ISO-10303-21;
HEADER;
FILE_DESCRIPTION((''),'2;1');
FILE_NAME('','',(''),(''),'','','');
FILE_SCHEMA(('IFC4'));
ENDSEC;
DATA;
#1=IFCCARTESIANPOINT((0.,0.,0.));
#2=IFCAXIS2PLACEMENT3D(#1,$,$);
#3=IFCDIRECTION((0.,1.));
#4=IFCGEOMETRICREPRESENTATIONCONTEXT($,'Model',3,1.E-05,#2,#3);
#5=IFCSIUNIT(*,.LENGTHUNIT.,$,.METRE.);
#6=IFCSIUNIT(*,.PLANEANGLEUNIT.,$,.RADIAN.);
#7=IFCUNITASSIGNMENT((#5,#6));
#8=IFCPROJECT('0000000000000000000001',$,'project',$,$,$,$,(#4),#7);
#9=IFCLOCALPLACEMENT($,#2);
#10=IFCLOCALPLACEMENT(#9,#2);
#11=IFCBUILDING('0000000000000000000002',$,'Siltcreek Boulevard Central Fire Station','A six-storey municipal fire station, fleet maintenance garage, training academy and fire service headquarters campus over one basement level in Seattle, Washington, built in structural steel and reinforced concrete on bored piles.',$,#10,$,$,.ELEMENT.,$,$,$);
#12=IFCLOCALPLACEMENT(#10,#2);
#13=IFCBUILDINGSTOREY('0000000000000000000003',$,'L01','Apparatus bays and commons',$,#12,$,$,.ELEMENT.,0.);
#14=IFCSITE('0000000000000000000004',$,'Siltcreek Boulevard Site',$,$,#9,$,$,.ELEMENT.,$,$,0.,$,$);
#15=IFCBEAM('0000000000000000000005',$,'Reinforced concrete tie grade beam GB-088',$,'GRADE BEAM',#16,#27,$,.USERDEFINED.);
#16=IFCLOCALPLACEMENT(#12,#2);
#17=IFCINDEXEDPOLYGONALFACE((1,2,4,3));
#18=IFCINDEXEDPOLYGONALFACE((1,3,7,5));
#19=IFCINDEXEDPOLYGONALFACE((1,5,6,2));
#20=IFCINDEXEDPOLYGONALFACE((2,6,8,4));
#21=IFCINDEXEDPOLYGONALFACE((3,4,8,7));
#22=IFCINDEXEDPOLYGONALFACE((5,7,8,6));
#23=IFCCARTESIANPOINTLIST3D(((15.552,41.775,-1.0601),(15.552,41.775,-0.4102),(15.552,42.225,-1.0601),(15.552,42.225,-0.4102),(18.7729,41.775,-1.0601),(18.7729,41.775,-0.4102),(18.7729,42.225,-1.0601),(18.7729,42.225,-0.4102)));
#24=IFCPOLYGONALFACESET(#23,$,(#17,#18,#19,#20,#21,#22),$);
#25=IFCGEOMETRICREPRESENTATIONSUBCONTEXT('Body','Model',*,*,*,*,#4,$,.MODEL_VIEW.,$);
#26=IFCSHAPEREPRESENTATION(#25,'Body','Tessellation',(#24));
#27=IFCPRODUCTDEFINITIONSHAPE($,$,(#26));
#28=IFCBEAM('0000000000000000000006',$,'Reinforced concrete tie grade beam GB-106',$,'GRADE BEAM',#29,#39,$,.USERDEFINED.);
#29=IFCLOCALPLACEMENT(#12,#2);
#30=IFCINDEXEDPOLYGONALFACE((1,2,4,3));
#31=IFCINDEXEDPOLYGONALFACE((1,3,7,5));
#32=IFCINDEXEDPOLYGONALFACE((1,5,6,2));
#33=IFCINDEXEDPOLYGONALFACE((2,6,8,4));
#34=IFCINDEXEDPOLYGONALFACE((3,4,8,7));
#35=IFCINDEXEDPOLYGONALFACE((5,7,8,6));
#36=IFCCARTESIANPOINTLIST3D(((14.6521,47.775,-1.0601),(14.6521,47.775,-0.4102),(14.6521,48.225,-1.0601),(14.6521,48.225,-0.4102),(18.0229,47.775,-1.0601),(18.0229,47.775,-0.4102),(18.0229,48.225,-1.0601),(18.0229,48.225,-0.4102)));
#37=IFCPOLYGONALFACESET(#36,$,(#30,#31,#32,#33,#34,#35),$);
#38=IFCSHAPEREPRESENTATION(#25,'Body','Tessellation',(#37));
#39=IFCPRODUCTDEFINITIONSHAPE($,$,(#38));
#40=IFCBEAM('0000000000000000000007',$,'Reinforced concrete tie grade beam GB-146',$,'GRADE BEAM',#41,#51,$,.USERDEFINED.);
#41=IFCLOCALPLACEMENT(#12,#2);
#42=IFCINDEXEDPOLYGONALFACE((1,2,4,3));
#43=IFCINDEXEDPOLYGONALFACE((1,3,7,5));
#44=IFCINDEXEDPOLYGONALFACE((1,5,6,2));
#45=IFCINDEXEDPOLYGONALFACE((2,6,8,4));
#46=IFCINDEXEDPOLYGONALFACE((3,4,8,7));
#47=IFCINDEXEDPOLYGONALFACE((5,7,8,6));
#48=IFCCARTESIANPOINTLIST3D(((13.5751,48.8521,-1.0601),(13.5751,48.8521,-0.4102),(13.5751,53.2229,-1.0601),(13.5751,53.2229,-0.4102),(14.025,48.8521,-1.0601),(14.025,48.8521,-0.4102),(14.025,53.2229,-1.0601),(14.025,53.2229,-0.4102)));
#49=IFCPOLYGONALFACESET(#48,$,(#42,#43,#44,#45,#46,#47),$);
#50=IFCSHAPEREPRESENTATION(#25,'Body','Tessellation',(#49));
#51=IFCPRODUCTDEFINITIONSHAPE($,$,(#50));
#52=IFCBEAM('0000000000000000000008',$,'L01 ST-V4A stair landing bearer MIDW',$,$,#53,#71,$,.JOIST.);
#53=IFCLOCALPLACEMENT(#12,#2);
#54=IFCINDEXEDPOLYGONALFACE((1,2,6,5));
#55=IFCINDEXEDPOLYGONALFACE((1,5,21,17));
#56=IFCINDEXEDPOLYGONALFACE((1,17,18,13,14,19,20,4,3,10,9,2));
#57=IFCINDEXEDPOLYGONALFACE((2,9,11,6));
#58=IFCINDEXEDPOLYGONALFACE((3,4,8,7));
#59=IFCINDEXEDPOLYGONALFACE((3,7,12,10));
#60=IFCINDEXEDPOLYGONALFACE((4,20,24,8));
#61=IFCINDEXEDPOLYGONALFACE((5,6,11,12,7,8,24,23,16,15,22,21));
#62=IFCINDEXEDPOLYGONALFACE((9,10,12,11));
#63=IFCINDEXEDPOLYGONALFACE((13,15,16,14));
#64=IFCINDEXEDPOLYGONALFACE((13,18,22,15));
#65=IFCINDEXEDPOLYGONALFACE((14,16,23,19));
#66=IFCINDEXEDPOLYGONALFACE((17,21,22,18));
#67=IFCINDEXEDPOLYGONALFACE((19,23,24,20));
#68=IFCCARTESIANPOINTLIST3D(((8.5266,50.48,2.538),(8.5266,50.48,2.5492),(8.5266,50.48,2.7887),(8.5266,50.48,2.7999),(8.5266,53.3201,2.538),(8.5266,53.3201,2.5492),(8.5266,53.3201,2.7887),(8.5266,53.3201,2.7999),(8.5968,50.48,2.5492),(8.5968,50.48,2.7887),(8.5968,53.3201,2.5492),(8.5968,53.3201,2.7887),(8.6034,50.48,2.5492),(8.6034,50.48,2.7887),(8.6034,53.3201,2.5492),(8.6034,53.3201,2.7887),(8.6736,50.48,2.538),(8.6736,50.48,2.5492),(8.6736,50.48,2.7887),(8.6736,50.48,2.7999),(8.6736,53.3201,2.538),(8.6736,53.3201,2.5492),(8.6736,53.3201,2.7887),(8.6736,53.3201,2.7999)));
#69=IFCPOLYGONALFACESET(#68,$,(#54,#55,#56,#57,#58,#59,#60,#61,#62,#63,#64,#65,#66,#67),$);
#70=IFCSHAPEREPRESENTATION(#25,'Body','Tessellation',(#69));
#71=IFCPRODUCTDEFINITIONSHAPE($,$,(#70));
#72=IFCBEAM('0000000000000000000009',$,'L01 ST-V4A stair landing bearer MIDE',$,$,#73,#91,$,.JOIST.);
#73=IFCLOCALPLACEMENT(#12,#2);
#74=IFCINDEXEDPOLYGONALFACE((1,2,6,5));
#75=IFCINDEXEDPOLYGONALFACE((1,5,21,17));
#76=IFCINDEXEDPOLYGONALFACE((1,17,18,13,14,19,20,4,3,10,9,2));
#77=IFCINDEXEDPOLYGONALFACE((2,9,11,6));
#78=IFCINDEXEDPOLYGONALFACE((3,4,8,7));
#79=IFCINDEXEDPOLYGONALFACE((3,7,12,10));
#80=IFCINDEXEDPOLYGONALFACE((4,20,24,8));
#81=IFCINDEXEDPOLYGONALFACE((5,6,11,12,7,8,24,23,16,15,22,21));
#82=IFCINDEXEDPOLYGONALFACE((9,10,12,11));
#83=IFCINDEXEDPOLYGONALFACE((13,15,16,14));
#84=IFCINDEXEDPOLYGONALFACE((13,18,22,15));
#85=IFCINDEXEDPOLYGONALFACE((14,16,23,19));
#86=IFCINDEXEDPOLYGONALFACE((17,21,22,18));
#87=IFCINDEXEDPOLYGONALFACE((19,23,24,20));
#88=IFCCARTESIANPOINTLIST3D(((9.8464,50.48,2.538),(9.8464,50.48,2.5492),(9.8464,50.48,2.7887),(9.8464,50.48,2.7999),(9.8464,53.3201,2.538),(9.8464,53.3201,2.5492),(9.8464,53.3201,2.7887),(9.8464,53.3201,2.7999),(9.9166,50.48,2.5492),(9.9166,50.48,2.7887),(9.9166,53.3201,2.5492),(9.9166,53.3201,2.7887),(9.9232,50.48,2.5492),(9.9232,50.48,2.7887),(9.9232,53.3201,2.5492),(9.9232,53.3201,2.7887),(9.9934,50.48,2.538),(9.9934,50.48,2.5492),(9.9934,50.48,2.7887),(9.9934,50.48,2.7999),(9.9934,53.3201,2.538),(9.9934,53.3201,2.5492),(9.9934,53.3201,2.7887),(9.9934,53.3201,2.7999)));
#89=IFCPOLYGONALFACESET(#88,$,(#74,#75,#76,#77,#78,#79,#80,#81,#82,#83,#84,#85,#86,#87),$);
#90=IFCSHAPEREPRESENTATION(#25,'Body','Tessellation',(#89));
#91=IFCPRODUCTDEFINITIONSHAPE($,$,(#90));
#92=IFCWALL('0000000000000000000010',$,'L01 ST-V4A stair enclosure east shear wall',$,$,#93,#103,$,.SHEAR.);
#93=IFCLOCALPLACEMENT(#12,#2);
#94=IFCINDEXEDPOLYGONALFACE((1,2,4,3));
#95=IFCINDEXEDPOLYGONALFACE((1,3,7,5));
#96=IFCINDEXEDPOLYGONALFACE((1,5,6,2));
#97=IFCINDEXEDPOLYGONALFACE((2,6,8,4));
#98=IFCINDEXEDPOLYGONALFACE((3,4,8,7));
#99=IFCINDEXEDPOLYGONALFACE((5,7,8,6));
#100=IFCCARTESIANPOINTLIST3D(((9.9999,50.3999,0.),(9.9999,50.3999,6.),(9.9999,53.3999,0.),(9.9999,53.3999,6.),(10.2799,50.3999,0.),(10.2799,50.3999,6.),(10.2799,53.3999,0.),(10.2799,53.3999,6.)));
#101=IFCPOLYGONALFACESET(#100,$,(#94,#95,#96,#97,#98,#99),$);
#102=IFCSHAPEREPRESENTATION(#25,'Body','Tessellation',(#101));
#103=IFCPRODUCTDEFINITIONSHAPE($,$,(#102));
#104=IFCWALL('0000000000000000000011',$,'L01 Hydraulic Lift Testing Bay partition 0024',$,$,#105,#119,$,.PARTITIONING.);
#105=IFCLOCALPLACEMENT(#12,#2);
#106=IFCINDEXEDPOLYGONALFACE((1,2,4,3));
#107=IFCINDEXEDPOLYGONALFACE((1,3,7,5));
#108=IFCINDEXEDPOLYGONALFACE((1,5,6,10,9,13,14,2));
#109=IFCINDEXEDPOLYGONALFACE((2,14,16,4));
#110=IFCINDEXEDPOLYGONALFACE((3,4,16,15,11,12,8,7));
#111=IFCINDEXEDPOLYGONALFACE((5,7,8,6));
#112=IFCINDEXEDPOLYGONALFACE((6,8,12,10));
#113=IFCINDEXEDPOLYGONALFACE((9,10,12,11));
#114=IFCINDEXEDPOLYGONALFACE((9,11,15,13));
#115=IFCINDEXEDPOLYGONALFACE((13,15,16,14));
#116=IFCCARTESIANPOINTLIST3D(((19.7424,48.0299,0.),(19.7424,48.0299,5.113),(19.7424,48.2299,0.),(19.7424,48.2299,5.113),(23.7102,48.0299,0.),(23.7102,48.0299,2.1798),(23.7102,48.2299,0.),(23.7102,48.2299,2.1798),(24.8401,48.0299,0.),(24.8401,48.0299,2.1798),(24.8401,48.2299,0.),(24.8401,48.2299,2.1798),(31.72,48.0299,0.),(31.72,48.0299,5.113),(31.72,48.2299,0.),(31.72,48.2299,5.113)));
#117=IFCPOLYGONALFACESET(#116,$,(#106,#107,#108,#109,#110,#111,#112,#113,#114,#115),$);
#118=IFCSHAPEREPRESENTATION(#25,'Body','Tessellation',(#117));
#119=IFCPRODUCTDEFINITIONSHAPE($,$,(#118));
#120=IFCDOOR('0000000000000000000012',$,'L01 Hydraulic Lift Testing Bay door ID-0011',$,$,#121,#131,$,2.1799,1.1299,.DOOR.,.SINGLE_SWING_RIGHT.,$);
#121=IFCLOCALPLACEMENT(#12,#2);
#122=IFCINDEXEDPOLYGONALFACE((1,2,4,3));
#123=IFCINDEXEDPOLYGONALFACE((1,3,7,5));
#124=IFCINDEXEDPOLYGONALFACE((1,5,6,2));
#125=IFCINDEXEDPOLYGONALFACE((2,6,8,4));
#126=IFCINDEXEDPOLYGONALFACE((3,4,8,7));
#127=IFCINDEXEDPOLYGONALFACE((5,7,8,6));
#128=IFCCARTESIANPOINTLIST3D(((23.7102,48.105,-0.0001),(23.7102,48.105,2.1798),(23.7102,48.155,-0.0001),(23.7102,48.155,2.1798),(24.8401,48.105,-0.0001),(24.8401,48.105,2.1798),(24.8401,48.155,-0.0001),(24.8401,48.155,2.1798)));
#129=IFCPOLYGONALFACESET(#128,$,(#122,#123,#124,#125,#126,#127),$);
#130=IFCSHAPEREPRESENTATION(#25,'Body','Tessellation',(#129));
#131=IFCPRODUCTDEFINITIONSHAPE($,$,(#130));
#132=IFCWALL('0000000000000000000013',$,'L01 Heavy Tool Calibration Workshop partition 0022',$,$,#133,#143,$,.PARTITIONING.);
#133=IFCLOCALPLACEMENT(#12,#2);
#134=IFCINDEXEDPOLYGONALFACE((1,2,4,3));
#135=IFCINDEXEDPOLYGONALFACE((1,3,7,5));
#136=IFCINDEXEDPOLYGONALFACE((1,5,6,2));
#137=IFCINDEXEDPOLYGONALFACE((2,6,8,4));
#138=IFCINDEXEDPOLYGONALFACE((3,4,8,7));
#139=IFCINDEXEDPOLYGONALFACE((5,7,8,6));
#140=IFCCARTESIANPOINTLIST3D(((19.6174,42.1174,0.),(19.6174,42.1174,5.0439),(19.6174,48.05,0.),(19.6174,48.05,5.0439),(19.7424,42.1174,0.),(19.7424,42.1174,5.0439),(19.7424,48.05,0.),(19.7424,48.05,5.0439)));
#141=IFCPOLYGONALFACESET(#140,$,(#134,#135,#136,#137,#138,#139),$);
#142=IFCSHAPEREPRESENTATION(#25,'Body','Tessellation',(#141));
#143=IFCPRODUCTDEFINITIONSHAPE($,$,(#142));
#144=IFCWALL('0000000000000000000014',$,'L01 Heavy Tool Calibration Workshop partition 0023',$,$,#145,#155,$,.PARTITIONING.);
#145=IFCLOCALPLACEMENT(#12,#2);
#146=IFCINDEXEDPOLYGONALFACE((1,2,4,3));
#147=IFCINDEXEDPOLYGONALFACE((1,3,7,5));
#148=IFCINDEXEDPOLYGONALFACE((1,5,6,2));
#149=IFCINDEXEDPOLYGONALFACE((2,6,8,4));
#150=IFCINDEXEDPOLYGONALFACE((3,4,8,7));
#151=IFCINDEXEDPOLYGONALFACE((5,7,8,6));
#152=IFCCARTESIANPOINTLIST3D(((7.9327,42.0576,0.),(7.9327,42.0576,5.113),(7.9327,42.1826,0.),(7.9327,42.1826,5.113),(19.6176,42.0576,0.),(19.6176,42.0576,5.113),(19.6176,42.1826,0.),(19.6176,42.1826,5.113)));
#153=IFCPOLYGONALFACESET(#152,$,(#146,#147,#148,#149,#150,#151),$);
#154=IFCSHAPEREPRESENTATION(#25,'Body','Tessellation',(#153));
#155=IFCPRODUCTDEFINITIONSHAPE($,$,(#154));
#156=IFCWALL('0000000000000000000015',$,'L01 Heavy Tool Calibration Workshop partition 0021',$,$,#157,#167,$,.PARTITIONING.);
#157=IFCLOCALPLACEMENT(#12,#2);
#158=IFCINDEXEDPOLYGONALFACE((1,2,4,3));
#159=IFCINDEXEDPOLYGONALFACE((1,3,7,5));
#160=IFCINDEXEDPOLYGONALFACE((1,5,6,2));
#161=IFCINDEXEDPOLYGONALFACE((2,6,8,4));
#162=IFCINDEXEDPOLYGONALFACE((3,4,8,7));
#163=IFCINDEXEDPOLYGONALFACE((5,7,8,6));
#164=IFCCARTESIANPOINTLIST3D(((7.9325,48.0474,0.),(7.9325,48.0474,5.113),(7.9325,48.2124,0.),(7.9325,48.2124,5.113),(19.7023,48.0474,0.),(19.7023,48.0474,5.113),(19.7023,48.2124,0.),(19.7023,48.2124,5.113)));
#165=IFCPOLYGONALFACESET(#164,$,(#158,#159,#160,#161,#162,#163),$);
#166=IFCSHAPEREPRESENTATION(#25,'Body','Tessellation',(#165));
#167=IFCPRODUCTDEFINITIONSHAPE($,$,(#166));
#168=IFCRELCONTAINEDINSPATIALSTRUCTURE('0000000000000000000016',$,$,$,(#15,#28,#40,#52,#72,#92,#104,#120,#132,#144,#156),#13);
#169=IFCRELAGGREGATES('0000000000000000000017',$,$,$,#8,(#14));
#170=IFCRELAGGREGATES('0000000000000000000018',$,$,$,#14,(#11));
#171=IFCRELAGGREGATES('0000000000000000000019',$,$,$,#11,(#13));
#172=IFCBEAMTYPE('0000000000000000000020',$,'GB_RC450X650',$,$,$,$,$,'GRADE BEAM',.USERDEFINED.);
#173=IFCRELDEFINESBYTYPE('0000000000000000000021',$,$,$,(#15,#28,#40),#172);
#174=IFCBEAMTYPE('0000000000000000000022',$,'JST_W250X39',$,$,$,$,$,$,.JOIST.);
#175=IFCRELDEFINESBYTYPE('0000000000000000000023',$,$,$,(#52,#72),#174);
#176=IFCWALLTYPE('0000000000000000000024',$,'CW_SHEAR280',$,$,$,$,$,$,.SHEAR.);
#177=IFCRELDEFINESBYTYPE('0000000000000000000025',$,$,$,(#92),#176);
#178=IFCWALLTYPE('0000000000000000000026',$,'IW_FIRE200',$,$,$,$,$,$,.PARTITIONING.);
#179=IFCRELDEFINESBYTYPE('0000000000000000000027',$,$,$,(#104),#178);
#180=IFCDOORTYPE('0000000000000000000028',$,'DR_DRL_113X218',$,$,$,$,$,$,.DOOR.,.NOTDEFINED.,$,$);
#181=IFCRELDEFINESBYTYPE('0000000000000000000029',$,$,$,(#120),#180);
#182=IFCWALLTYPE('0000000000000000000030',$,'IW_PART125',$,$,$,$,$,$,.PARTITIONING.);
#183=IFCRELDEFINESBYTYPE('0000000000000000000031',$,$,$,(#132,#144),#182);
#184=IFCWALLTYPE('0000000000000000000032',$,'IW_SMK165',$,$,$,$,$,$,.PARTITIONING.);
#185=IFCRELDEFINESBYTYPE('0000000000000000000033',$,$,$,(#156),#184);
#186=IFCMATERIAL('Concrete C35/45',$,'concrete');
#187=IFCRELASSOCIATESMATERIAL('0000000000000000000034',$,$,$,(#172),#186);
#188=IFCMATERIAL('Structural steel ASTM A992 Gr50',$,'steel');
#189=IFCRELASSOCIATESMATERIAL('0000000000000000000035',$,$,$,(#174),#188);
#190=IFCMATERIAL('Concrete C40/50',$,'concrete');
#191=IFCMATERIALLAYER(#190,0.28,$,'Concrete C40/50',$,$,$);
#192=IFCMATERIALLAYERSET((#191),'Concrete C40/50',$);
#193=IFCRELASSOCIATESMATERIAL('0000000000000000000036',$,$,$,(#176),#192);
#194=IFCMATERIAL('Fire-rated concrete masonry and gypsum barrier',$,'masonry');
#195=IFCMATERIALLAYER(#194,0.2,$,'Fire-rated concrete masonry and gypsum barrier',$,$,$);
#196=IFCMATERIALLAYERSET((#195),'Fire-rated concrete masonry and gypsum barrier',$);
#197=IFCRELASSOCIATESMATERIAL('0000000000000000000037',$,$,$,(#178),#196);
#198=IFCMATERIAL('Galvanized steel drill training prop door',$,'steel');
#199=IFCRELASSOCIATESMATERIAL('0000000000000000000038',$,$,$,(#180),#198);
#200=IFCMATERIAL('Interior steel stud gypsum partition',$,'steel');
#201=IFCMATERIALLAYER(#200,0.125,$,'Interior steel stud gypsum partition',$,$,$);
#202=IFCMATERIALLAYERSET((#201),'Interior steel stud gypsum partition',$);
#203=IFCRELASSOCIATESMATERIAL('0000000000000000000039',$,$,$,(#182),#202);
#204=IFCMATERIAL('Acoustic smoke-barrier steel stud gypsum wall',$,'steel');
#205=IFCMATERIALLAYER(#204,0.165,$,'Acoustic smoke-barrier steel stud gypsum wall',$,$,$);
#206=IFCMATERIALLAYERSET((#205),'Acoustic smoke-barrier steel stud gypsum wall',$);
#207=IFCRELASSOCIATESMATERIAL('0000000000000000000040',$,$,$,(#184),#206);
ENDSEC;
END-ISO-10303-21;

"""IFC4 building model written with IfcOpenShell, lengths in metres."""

from ifc_helpers import new_model, si_unit, direction, frame, frame_2d, origin, origin_2d, place, context, subcontext, project, spatial, rectangle, i_section, extrude, material, layer, layer_set, material_profile, profile_set, type_object, element, fill, save


model = new_model("IFC4")

# Units and contexts
model_context = context("Model", 3, precision=1e-05, world=origin(), true_north=direction((0.0, 1.0)))
body_context = subcontext(model_context, "Body", "Model", "MODEL_VIEW")
ifc_project = project(units=[si_unit("LENGTHUNIT", "METRE"), si_unit("PLANEANGLEUNIT", "RADIAN")], contexts=[model_context])

# Site, building, storey
site_placement = place(None, origin())
site = spatial("IfcSite", under=ifc_project, at=site_placement, Name="Siltcreek Boulevard Site", CompositionType="ELEMENT", RefElevation=0.0)
building_placement = place(site_placement, origin())
building = spatial("IfcBuilding", under=site, at=building_placement, Name="Siltcreek Boulevard Central Fire Station", Description="A six-storey municipal fire station, fleet maintenance garage, training academy and fire service headquarters campus over one basement level in Seattle, Washington, built in structural steel and reinforced concrete on bored piles.", CompositionType="ELEMENT")
storey_placement = place(building_placement, origin())
storey = spatial("IfcBuildingStorey", under=building, at=storey_placement, Name="L01", Description="Apparatus bays and commons", CompositionType="ELEMENT", Elevation=0.0)

# Shared definitions
ifc_material_1 = material(Name="Concrete C35/45", Category="concrete")

# Shared definitions
ifc_material_2 = material(Name="Structural steel ASTM A992 Gr50", Category="steel")

# Beams
ifc_material_profile_1 = material_profile(ifc_material_1, rectangle(XDim=0.45, YDim=0.6499, at=origin_2d()), Name="RC450X650")
ifc_profile_set_1 = profile_set([ifc_material_profile_1], Name="Concrete C35/45")
beam_type_1 = type_object("IfcBeamType", Name="GB_RC450X650", ElementType="GRADE BEAM", PredefinedType="USERDEFINED", material=ifc_profile_set_1)
beam_1_placement = place(storey_placement, frame((15.552, 42.0, -0.7351), z_axis=(1.0, 0.0, 0.0), x_axis=(0.0, 1.0, 0.0)))
element("IfcBeam", 1, at=beam_1_placement, inside=storey, type_object=beam_type_1, Name="Reinforced concrete tie grade beam GB-088", ObjectType="GRADE BEAM", PredefinedType="USERDEFINED", context=body_context, shape_type="SweptSolid", body=[
    extrude(rectangle(XDim=0.45, YDim=0.6499, at=origin_2d()), origin(), (0.0, 0.0, 1.0), 3.2209),
])
beam_2_placement = place(storey_placement, frame((14.6521, 48.0, -0.7351), z_axis=(1.0, 0.0, 0.0), x_axis=(0.0, 1.0, 0.0)))
element("IfcBeam", 2, at=beam_2_placement, inside=storey, type_object=beam_type_1, Name="Reinforced concrete tie grade beam GB-106", ObjectType="GRADE BEAM", PredefinedType="USERDEFINED", context=body_context, shape_type="SweptSolid", body=[
    extrude(rectangle(XDim=0.45, YDim=0.6499, at=origin_2d()), origin(), (0.0, 0.0, 1.0), 3.3708),
])
beam_3_placement = place(storey_placement, frame((13.8, 48.8521, -0.7351), z_axis=(0.0, 1.0, 0.0), x_axis=(-1.0, 0.0, 0.0)))
element("IfcBeam", 3, at=beam_3_placement, inside=storey, type_object=beam_type_1, Name="Reinforced concrete tie grade beam GB-146", ObjectType="GRADE BEAM", PredefinedType="USERDEFINED", context=body_context, shape_type="SweptSolid", body=[
    extrude(rectangle(XDim=0.45, YDim=0.6499, at=origin_2d()), origin(), (0.0, 0.0, 1.0), 4.3708),
])
ifc_material_profile_2 = material_profile(ifc_material_2, i_section(OverallWidth=0.147, OverallDepth=0.262, WebThickness=0.0066, FlangeThickness=0.0112, at=origin_2d()), Name="W250X39")
ifc_profile_set_2 = profile_set([ifc_material_profile_2], Name="Structural steel ASTM A992 Gr50")
beam_type_2 = type_object("IfcBeamType", Name="JST_W250X39", PredefinedType="JOIST", material=ifc_profile_set_2)
for number, where, z_axis, x_axis, name in (
    (4, (8.6001, 50.48, 2.6689), (0.0, 1.0, 0.0), (-1.0, 0.0, 0.0), "L01 ST-V4A stair landing bearer MIDW"),
    (5, (9.9199, 50.48, 2.6689), (0.0, 1.0, 0.0), (-1.0, 0.0, 0.0), "L01 ST-V4A stair landing bearer MIDE"),
):
    element("IfcBeam", number, at=place(storey_placement, frame(where, z_axis=z_axis, x_axis=x_axis)), inside=storey, type_object=beam_type_2, Name=name, PredefinedType="JOIST", context=body_context, shape_type="SweptSolid", body=[
        extrude(i_section(OverallWidth=0.147, OverallDepth=0.262, WebThickness=0.0066, FlangeThickness=0.0112, at=origin_2d()), origin(), (0.0, 0.0, 1.0), 2.8401),
    ])

# Wall
ifc_material_3 = material(Name="Concrete C40/50", Category="concrete")
ifc_layer_1 = layer(ifc_material_3, 0.28, Name="Concrete C40/50")
ifc_layer_set_1 = layer_set([ifc_layer_1], Name="Concrete C40/50")
wall_type_1 = type_object("IfcWallType", Name="CW_SHEAR280", PredefinedType="SHEAR", material=ifc_layer_set_1)
wall_1_placement = place(storey_placement, frame((10.1399, 50.3999, 0.0), z_axis=(0.0, 0.0, 1.0), x_axis=(0.0, 1.0, 0.0)))
element("IfcWall", 6, at=wall_1_placement, inside=storey, type_object=wall_type_1, Name="L01 ST-V4A stair enclosure east shear wall", PredefinedType="SHEAR", context=body_context, shape_type="SweptSolid", body=[
    extrude(rectangle(XDim=3.0, YDim=0.28, at=frame_2d((1.5, 0.0))), origin(), (0.0, 0.0, 1.0), 6.0),
])

# Wall, opening, door
ifc_material_4 = material(Name="Fire-rated concrete masonry and gypsum barrier", Category="masonry")
ifc_layer_2 = layer(ifc_material_4, 0.2, Name="Fire-rated concrete masonry and gypsum barrier")
ifc_layer_set_2 = layer_set([ifc_layer_2], Name="Fire-rated concrete masonry and gypsum barrier")
wall_type_2 = type_object("IfcWallType", Name="IW_FIRE200", PredefinedType="PARTITIONING", material=ifc_layer_set_2)
wall_2_placement = place(storey_placement, frame((19.7424, 48.1299, 0.0), z_axis=(0.0, 0.0, 1.0), x_axis=(1.0, 0.0, 0.0)))
wall_2 = element("IfcWall", 7, at=wall_2_placement, inside=storey, type_object=wall_type_2, Name="L01 Hydraulic Lift Testing Bay partition 0024", PredefinedType="PARTITIONING", context=body_context, shape_type="SweptSolid", body=[
    extrude(rectangle(XDim=11.9775, YDim=0.2, at=frame_2d((5.9888, 0.0))), origin(), (0.0, 0.0, 1.0), 5.113),
])
opening_placement = place(wall_2_placement, frame((3.9678, 0.0, 0.0)))
opening = element("IfcOpeningElement", 8, at=opening_placement, cuts=wall_2, PredefinedType="OPENING", context=body_context, shape_type="SweptSolid", body=[
    extrude(rectangle(XDim=1.1299, YDim=2.1799, at=frame_2d((0.5649, 1.0898))), frame((0.0, 0.1099, 0.0), z_axis=(0.0, -1.0, 0.0), x_axis=(1.0, 0.0, 0.0)), (0.0, 0.0, 1.0), 0.22),
])
ifc_material_5 = material(Name="Galvanized steel drill training prop door", Category="steel")
door_type = type_object("IfcDoorType", Name="DR_DRL_113X218", OperationType="NOTDEFINED", PredefinedType="DOOR", material=ifc_material_5)
door_placement = place(opening_placement, frame((1.1299, 0.0, 0.0), z_axis=(0.0, 0.0, 1.0), x_axis=(-1.0, 0.0, 0.0)))
door = element("IfcDoor", 9, at=door_placement, inside=storey, type_object=door_type, Name="L01 Hydraulic Lift Testing Bay door ID-0011", OperationType="SINGLE_SWING_RIGHT", OverallHeight=2.1799, OverallWidth=1.1299, PredefinedType="DOOR", context=body_context, shape_type="SweptSolid", body=[
    extrude(rectangle(XDim=1.1299, YDim=2.1799, at=frame_2d((0.5649, 1.0898))), frame((0.0, 0.0249, 0.0), z_axis=(0.0, -1.0, 0.0), x_axis=(1.0, 0.0, 0.0)), (0.0, 0.0, 1.0), 0.05),
])
fill(opening, door)

# Walls
ifc_material_6 = material(Name="Interior steel stud gypsum partition", Category="steel")
ifc_layer_3 = layer(ifc_material_6, 0.125, Name="Interior steel stud gypsum partition")
ifc_layer_set_3 = layer_set([ifc_layer_3], Name="Interior steel stud gypsum partition")
wall_type_3 = type_object("IfcWallType", Name="IW_PART125", PredefinedType="PARTITIONING", material=ifc_layer_set_3)
wall_3_placement = place(storey_placement, frame((19.6799, 48.05, 0.0), z_axis=(0.0, 0.0, 1.0), x_axis=(0.0, -1.0, 0.0)))
element("IfcWall", 10, at=wall_3_placement, inside=storey, type_object=wall_type_3, Name="L01 Heavy Tool Calibration Workshop partition 0022", PredefinedType="PARTITIONING", context=body_context, shape_type="SweptSolid", body=[
    extrude(rectangle(XDim=5.9326, YDim=0.125, at=frame_2d((2.9663, 0.0))), origin(), (0.0, 0.0, 1.0), 5.0439),
])
wall_4_placement = place(storey_placement, frame((19.6174, 42.1201, 0.0), z_axis=(0.0, 0.0, 1.0), x_axis=(-1.0, 0.0, 0.0)))
element("IfcWall", 11, at=wall_4_placement, inside=storey, type_object=wall_type_3, Name="L01 Heavy Tool Calibration Workshop partition 0023", PredefinedType="PARTITIONING", context=body_context, shape_type="SweptSolid", body=[
    extrude(rectangle(XDim=11.6848, YDim=0.125, at=frame_2d((5.8423, 0.0))), origin(), (0.0, 0.0, 1.0), 5.113),
])
ifc_material_7 = material(Name="Acoustic smoke-barrier steel stud gypsum wall", Category="steel")
ifc_layer_4 = layer(ifc_material_7, 0.165, Name="Acoustic smoke-barrier steel stud gypsum wall")
ifc_layer_set_4 = layer_set([ifc_layer_4], Name="Acoustic smoke-barrier steel stud gypsum wall")
wall_type_4 = type_object("IfcWallType", Name="IW_SMK165", PredefinedType="PARTITIONING", material=ifc_layer_set_4)
wall_5_placement = place(storey_placement, frame((7.9326, 48.1299, 0.0), z_axis=(0.0, 0.0, 1.0), x_axis=(1.0, 0.0, 0.0)))
element("IfcWall", 12, at=wall_5_placement, inside=storey, type_object=wall_type_4, Name="L01 Heavy Tool Calibration Workshop partition 0021", PredefinedType="PARTITIONING", context=body_context, shape_type="SweptSolid", body=[
    extrude(rectangle(XDim=11.7698, YDim=0.165, at=frame_2d((5.8848, 0.0))), origin(), (0.0, 0.0, 1.0), 5.113),
])

save(model, "model.ifc")
